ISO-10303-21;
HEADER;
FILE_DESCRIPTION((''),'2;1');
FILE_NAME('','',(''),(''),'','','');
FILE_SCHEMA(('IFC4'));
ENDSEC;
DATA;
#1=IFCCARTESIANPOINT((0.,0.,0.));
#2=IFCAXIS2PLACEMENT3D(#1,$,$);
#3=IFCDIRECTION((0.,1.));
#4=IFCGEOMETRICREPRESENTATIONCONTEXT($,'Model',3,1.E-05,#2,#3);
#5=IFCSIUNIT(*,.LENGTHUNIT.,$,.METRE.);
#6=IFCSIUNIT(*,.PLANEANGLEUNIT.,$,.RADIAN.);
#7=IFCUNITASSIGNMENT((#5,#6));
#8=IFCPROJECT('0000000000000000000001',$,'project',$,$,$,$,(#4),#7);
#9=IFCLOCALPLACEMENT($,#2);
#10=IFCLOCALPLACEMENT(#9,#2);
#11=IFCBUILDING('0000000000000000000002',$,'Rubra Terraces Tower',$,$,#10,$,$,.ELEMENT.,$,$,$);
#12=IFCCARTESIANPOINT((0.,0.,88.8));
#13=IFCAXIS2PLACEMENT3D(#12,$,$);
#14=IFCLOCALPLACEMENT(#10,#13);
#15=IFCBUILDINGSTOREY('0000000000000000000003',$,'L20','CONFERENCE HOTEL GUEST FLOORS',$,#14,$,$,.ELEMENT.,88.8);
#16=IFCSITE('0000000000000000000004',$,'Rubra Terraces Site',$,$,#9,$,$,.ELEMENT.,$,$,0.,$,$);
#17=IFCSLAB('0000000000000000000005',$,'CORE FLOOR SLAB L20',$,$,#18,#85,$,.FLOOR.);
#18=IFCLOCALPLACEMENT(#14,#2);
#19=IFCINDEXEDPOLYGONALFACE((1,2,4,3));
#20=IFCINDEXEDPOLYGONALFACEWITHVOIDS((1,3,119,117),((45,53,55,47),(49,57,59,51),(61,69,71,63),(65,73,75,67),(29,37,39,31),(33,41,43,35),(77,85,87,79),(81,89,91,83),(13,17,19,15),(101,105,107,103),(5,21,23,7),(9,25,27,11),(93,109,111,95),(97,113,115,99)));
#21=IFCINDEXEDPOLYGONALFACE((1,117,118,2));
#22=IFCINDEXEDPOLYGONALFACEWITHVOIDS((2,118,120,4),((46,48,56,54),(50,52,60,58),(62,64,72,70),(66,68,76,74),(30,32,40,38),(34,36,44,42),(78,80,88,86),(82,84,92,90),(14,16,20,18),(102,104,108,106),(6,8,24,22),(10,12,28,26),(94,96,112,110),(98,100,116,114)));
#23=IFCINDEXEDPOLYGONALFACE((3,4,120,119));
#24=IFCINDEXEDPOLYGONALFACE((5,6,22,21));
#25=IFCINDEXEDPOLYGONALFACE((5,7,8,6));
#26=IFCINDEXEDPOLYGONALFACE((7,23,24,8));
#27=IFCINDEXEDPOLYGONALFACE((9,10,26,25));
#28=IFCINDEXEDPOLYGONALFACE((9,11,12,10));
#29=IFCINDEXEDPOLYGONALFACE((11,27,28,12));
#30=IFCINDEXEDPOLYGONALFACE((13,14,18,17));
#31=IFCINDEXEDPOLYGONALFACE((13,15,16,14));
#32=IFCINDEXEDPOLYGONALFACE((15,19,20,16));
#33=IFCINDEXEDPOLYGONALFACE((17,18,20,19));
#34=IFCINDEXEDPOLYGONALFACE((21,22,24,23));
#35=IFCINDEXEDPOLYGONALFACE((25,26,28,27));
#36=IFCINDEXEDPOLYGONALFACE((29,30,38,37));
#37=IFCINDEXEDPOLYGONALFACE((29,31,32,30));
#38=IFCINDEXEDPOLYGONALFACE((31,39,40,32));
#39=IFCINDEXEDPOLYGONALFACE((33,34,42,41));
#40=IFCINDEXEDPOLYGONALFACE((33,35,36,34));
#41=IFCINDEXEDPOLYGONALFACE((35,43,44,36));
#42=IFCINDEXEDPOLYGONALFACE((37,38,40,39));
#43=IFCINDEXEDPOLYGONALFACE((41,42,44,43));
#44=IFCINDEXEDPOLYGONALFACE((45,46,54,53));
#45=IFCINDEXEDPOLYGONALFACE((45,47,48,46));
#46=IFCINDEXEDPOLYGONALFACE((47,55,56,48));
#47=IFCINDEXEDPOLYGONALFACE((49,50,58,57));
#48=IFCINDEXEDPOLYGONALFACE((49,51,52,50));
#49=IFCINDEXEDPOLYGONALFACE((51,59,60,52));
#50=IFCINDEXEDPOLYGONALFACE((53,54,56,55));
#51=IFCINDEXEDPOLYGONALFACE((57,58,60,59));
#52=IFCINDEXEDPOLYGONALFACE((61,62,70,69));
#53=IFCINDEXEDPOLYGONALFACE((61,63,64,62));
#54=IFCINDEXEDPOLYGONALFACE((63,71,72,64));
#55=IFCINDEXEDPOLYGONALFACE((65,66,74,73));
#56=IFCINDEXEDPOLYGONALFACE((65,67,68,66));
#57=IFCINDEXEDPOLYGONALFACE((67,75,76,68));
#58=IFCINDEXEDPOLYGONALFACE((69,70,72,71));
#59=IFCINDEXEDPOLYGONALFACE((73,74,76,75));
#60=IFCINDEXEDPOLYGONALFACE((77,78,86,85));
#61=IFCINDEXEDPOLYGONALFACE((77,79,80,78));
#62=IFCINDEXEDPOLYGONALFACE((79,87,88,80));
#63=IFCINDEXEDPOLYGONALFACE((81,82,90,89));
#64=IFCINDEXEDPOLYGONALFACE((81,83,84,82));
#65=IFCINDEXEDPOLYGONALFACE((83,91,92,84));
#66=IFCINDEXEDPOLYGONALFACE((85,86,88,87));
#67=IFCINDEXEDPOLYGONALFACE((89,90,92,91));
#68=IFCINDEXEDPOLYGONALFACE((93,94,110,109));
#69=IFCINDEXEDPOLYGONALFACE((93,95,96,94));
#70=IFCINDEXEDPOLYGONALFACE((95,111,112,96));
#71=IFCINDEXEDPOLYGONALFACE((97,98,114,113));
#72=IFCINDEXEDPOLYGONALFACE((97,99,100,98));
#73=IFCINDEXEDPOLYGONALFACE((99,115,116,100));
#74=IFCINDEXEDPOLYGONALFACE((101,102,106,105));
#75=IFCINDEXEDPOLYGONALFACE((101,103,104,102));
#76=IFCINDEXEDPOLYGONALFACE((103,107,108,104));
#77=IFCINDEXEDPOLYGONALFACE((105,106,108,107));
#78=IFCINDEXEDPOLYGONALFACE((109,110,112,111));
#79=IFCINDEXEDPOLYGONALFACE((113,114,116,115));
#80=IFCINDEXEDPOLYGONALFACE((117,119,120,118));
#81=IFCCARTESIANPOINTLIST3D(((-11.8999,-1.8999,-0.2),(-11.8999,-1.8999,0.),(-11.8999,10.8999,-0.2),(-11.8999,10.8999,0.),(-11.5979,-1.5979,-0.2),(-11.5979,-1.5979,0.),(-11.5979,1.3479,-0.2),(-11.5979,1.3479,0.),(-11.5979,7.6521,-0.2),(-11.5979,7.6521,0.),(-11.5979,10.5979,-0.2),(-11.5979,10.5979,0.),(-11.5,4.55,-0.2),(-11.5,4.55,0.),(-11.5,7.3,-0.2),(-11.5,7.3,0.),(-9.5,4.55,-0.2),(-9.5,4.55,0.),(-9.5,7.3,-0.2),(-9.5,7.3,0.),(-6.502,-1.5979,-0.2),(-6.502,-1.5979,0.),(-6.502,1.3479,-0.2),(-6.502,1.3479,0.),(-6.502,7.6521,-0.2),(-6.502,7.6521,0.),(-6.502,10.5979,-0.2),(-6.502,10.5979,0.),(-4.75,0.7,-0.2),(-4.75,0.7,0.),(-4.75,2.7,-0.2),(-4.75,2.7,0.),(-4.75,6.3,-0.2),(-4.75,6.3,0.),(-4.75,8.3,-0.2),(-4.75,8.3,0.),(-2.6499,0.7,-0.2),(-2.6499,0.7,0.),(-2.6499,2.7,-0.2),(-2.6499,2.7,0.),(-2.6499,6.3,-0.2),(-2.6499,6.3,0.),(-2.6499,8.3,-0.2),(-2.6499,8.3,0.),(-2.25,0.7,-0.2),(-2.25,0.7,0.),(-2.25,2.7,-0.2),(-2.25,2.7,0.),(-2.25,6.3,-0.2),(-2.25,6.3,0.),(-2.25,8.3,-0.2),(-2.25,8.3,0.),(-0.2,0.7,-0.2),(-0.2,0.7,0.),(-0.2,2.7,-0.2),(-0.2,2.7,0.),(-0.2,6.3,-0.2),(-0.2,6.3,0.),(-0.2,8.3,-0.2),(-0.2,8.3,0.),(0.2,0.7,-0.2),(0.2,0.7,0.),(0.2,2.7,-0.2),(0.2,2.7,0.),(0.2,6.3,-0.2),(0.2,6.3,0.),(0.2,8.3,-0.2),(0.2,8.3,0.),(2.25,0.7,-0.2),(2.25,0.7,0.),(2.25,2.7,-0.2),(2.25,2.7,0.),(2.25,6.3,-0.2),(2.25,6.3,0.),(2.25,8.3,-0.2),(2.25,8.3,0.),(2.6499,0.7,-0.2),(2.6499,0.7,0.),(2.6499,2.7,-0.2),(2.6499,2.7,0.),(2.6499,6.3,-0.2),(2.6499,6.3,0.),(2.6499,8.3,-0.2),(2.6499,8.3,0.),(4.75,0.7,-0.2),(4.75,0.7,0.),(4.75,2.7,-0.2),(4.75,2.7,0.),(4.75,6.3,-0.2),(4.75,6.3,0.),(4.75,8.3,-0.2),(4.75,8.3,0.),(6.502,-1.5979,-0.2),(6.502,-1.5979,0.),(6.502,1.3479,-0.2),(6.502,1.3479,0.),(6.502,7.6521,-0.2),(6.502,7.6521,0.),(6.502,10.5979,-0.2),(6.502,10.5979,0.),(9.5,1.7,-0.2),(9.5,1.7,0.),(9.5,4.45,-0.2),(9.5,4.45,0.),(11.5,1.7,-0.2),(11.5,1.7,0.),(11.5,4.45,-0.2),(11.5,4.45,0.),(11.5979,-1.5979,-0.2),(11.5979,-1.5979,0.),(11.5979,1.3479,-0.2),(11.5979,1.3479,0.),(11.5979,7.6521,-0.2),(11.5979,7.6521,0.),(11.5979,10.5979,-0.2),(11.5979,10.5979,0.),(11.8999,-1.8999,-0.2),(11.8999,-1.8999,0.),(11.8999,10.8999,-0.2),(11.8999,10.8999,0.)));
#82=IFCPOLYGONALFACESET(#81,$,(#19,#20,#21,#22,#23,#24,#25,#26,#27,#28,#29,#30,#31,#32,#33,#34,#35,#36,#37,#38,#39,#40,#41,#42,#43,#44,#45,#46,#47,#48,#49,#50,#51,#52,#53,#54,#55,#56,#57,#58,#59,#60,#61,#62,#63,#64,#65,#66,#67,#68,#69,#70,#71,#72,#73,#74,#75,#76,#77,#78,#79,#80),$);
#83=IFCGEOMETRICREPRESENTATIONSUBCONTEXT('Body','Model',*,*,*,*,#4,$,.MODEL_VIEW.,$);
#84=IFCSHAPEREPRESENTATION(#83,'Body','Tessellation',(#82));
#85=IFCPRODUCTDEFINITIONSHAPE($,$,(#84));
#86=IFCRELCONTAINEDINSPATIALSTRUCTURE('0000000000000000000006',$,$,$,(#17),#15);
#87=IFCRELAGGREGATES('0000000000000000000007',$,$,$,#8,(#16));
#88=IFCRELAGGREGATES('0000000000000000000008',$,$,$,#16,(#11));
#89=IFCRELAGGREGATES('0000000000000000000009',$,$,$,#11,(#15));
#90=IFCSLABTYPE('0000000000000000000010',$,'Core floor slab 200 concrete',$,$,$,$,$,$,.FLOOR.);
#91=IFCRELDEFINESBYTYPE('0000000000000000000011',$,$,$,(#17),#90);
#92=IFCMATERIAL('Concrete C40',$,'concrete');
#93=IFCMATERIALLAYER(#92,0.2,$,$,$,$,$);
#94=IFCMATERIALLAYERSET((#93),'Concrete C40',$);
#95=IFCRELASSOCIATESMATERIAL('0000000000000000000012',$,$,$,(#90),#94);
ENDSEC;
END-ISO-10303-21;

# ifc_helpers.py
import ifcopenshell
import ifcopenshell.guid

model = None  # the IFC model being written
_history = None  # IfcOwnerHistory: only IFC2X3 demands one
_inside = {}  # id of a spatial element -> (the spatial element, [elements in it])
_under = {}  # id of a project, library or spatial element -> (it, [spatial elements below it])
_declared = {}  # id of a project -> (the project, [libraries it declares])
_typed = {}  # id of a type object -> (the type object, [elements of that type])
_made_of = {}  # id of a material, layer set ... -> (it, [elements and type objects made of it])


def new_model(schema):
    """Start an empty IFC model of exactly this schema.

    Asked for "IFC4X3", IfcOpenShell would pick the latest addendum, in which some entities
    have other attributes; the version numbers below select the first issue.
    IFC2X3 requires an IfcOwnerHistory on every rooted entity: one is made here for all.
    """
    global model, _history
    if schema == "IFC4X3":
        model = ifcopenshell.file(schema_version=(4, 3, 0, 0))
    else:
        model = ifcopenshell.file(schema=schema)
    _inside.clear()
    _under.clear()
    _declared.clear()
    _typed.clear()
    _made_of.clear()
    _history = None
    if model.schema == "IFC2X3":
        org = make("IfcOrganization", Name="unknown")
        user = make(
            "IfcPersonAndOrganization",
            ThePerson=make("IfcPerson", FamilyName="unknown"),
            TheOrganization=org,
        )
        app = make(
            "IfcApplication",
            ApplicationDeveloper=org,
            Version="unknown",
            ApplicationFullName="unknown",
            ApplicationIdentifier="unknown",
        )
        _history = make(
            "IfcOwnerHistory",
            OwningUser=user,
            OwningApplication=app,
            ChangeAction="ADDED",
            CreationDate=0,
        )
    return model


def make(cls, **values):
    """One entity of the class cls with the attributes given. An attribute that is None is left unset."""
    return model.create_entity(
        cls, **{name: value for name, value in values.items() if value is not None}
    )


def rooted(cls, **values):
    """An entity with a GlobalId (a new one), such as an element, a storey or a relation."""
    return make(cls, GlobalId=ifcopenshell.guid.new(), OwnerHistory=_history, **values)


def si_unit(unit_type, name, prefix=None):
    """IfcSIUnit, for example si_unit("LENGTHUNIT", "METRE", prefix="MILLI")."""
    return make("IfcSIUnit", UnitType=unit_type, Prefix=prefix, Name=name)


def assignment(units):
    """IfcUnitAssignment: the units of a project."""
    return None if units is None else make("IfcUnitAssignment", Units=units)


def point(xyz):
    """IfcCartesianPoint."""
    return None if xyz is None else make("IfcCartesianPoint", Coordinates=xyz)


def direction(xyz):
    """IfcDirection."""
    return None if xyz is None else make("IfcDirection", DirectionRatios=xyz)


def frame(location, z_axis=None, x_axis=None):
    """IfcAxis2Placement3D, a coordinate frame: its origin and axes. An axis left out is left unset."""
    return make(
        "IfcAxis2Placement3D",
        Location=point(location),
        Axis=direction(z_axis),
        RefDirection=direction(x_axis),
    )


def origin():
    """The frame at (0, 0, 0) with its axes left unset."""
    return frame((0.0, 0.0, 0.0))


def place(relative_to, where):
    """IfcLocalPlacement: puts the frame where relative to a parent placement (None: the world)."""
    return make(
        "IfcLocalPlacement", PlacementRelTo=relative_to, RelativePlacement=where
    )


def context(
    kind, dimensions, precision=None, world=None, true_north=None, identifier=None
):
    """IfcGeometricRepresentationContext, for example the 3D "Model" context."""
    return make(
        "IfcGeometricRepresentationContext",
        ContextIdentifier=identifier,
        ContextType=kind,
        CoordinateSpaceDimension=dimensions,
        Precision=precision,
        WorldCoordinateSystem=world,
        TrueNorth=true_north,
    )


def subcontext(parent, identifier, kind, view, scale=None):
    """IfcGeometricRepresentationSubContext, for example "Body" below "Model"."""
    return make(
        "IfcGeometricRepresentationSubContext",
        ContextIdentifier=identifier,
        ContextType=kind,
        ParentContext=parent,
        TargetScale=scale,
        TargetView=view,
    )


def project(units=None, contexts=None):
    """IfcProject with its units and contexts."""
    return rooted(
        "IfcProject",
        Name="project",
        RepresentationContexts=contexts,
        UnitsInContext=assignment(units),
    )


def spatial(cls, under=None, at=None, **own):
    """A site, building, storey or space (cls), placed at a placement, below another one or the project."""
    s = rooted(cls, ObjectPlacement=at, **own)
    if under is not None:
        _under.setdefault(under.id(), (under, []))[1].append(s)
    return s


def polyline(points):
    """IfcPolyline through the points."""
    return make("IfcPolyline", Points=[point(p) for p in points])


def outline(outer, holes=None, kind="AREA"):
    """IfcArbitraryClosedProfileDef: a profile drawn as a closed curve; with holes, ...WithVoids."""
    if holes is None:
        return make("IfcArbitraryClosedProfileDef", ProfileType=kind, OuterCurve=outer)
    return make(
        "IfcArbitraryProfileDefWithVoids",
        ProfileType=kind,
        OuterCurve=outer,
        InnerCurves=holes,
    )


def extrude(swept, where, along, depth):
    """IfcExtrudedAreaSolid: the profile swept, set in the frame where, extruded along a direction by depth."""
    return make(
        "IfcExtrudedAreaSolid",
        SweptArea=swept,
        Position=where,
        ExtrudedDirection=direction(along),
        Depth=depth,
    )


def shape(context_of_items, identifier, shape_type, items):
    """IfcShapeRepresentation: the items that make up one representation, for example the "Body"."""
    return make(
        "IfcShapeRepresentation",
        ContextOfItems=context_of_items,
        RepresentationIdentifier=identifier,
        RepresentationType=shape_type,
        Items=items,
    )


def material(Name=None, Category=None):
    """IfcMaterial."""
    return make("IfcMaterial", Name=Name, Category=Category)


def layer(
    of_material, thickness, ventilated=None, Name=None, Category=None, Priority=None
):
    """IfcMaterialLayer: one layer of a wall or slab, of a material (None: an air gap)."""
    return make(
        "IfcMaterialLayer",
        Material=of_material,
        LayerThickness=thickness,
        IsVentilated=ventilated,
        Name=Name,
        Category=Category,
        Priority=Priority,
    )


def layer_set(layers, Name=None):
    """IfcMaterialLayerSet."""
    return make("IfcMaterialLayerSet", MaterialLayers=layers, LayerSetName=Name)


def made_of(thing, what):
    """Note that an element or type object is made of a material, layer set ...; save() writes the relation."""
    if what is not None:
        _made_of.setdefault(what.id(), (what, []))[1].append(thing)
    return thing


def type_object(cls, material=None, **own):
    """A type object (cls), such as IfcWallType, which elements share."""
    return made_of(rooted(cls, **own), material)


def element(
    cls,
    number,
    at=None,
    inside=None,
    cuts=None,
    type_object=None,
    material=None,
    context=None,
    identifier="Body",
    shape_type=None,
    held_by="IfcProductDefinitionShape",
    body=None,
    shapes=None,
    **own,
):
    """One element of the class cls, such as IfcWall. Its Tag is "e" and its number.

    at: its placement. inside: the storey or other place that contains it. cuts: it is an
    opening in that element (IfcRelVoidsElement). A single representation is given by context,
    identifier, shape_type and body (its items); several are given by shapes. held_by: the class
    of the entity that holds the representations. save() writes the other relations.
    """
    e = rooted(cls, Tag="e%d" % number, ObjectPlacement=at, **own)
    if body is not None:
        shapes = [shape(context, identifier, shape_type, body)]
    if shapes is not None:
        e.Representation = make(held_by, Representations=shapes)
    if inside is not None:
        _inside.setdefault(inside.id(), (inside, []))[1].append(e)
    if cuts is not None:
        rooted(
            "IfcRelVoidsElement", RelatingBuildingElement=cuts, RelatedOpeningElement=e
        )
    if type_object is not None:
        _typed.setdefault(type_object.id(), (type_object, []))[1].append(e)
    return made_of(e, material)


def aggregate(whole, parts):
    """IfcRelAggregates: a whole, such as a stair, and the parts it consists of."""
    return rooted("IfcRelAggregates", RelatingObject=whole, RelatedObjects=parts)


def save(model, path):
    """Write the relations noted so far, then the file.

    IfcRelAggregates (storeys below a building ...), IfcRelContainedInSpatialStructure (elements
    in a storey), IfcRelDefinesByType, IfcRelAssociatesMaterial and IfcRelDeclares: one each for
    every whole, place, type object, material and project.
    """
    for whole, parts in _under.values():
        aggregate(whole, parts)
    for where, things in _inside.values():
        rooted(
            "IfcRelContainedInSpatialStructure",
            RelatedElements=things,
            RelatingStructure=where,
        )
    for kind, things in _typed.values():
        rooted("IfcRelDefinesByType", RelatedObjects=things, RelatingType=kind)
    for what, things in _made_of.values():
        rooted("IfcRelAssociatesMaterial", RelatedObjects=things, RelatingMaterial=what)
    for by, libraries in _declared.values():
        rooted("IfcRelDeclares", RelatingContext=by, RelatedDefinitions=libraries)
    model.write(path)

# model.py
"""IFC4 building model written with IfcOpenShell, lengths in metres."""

from ifc_helpers import new_model, si_unit, direction, frame, origin, place, context, subcontext, project, spatial, polyline, outline, extrude, material, layer, layer_set, type_object, element, save


model = new_model("IFC4")

# Units and contexts
model_context = context("Model", 3, precision=1e-05, world=origin(), true_north=direction((0.0, 1.0)))
body_context = subcontext(model_context, "Body", "Model", "MODEL_VIEW")
ifc_project = project(units=[si_unit("LENGTHUNIT", "METRE"), si_unit("PLANEANGLEUNIT", "RADIAN")], contexts=[model_context])

# Site, building, storey
site_placement = place(None, origin())
site = spatial("IfcSite", under=ifc_project, at=site_placement, Name="Rubra Terraces Site", CompositionType="ELEMENT", RefElevation=0.0)
building_placement = place(site_placement, origin())
building = spatial("IfcBuilding", under=site, at=building_placement, Name="Rubra Terraces Tower", CompositionType="ELEMENT")
storey_placement = place(building_placement, frame((0.0, 0.0, 88.8)))
storey = spatial("IfcBuildingStorey", under=building, at=storey_placement, Name="L20", Description="CONFERENCE HOTEL GUEST FLOORS", CompositionType="ELEMENT", Elevation=88.8)

# Slab
ifc_material_1 = material(Name="Concrete C40", Category="concrete")
ifc_layer_1 = layer(ifc_material_1, 0.2)
ifc_layer_set_1 = layer_set([ifc_layer_1], Name="Concrete C40")
slab_type_1 = type_object("IfcSlabType", Name="Core floor slab 200 concrete", PredefinedType="FLOOR", material=ifc_layer_set_1)
slab_1_placement = place(storey_placement, frame((0.0, 0.0, -0.2)))
element("IfcSlab", 1, at=slab_1_placement, inside=storey, type_object=slab_type_1, Name="CORE FLOOR SLAB L20", PredefinedType="FLOOR", context=body_context, shape_type="SweptSolid", body=[
    extrude(outline(polyline([(-11.8999, -1.8999), (-11.8999, 10.8999), (11.8999, 10.8999), (11.8999, -1.8999), (-11.8999, -1.8999)]), holes=[polyline([(11.5979, 1.3479), (6.502, 1.3479), (6.502, -1.5979), (11.5979, -1.5979), (11.5979, 1.3479)]), polyline([(11.5979, 7.6521), (11.5979, 10.5979), (6.502, 10.5979), (6.502, 7.6521), (11.5979, 7.6521)]), polyline([(9.5, 1.7), (11.5, 1.7), (11.5, 4.45), (9.5, 4.45), (9.5, 1.7)]), polyline([(4.75, 0.7), (4.75, 2.7), (2.6499, 2.7), (2.6499, 0.7), (4.75, 0.7)]), polyline([(4.75, 6.3), (4.75, 8.3), (2.6499, 8.3), (2.6499, 6.3), (4.75, 6.3)]), polyline([(2.25, 0.7), (2.25, 2.7), (0.2, 2.7), (0.2, 0.7), (2.25, 0.7)]), polyline([(2.25, 6.3), (2.25, 8.3), (0.2, 8.3), (0.2, 6.3), (2.25, 6.3)]), polyline([(-0.2, 0.7), (-0.2, 2.7), (-2.25, 2.7), (-2.25, 0.7), (-0.2, 0.7)]), polyline([(-0.2, 6.3), (-0.2, 8.3), (-2.25, 8.3), (-2.25, 6.3), (-0.2, 6.3)]), polyline([(-2.6499, 0.7), (-2.6499, 2.7), (-4.75, 2.7), (-4.75, 0.7), (-2.6499, 0.7)]), polyline([(-2.6499, 8.3), (-4.75, 8.3), (-4.75, 6.3), (-2.6499, 6.3), (-2.6499, 8.3)]), polyline([(-11.5979, -1.5979), (-6.502, -1.5979), (-6.502, 1.3479), (-11.5979, 1.3479), (-11.5979, -1.5979)]), polyline([(-11.5979, 10.5979), (-11.5979, 7.6521), (-6.502, 7.6521), (-6.502, 10.5979), (-11.5979, 10.5979)]), polyline([(-9.5, 4.55), (-9.5, 7.3), (-11.5, 7.3), (-11.5, 4.55), (-9.5, 4.55)])]), origin(), (0.0, 0.0, 1.0), 0.2),
])

save(model, "model.ifc")
